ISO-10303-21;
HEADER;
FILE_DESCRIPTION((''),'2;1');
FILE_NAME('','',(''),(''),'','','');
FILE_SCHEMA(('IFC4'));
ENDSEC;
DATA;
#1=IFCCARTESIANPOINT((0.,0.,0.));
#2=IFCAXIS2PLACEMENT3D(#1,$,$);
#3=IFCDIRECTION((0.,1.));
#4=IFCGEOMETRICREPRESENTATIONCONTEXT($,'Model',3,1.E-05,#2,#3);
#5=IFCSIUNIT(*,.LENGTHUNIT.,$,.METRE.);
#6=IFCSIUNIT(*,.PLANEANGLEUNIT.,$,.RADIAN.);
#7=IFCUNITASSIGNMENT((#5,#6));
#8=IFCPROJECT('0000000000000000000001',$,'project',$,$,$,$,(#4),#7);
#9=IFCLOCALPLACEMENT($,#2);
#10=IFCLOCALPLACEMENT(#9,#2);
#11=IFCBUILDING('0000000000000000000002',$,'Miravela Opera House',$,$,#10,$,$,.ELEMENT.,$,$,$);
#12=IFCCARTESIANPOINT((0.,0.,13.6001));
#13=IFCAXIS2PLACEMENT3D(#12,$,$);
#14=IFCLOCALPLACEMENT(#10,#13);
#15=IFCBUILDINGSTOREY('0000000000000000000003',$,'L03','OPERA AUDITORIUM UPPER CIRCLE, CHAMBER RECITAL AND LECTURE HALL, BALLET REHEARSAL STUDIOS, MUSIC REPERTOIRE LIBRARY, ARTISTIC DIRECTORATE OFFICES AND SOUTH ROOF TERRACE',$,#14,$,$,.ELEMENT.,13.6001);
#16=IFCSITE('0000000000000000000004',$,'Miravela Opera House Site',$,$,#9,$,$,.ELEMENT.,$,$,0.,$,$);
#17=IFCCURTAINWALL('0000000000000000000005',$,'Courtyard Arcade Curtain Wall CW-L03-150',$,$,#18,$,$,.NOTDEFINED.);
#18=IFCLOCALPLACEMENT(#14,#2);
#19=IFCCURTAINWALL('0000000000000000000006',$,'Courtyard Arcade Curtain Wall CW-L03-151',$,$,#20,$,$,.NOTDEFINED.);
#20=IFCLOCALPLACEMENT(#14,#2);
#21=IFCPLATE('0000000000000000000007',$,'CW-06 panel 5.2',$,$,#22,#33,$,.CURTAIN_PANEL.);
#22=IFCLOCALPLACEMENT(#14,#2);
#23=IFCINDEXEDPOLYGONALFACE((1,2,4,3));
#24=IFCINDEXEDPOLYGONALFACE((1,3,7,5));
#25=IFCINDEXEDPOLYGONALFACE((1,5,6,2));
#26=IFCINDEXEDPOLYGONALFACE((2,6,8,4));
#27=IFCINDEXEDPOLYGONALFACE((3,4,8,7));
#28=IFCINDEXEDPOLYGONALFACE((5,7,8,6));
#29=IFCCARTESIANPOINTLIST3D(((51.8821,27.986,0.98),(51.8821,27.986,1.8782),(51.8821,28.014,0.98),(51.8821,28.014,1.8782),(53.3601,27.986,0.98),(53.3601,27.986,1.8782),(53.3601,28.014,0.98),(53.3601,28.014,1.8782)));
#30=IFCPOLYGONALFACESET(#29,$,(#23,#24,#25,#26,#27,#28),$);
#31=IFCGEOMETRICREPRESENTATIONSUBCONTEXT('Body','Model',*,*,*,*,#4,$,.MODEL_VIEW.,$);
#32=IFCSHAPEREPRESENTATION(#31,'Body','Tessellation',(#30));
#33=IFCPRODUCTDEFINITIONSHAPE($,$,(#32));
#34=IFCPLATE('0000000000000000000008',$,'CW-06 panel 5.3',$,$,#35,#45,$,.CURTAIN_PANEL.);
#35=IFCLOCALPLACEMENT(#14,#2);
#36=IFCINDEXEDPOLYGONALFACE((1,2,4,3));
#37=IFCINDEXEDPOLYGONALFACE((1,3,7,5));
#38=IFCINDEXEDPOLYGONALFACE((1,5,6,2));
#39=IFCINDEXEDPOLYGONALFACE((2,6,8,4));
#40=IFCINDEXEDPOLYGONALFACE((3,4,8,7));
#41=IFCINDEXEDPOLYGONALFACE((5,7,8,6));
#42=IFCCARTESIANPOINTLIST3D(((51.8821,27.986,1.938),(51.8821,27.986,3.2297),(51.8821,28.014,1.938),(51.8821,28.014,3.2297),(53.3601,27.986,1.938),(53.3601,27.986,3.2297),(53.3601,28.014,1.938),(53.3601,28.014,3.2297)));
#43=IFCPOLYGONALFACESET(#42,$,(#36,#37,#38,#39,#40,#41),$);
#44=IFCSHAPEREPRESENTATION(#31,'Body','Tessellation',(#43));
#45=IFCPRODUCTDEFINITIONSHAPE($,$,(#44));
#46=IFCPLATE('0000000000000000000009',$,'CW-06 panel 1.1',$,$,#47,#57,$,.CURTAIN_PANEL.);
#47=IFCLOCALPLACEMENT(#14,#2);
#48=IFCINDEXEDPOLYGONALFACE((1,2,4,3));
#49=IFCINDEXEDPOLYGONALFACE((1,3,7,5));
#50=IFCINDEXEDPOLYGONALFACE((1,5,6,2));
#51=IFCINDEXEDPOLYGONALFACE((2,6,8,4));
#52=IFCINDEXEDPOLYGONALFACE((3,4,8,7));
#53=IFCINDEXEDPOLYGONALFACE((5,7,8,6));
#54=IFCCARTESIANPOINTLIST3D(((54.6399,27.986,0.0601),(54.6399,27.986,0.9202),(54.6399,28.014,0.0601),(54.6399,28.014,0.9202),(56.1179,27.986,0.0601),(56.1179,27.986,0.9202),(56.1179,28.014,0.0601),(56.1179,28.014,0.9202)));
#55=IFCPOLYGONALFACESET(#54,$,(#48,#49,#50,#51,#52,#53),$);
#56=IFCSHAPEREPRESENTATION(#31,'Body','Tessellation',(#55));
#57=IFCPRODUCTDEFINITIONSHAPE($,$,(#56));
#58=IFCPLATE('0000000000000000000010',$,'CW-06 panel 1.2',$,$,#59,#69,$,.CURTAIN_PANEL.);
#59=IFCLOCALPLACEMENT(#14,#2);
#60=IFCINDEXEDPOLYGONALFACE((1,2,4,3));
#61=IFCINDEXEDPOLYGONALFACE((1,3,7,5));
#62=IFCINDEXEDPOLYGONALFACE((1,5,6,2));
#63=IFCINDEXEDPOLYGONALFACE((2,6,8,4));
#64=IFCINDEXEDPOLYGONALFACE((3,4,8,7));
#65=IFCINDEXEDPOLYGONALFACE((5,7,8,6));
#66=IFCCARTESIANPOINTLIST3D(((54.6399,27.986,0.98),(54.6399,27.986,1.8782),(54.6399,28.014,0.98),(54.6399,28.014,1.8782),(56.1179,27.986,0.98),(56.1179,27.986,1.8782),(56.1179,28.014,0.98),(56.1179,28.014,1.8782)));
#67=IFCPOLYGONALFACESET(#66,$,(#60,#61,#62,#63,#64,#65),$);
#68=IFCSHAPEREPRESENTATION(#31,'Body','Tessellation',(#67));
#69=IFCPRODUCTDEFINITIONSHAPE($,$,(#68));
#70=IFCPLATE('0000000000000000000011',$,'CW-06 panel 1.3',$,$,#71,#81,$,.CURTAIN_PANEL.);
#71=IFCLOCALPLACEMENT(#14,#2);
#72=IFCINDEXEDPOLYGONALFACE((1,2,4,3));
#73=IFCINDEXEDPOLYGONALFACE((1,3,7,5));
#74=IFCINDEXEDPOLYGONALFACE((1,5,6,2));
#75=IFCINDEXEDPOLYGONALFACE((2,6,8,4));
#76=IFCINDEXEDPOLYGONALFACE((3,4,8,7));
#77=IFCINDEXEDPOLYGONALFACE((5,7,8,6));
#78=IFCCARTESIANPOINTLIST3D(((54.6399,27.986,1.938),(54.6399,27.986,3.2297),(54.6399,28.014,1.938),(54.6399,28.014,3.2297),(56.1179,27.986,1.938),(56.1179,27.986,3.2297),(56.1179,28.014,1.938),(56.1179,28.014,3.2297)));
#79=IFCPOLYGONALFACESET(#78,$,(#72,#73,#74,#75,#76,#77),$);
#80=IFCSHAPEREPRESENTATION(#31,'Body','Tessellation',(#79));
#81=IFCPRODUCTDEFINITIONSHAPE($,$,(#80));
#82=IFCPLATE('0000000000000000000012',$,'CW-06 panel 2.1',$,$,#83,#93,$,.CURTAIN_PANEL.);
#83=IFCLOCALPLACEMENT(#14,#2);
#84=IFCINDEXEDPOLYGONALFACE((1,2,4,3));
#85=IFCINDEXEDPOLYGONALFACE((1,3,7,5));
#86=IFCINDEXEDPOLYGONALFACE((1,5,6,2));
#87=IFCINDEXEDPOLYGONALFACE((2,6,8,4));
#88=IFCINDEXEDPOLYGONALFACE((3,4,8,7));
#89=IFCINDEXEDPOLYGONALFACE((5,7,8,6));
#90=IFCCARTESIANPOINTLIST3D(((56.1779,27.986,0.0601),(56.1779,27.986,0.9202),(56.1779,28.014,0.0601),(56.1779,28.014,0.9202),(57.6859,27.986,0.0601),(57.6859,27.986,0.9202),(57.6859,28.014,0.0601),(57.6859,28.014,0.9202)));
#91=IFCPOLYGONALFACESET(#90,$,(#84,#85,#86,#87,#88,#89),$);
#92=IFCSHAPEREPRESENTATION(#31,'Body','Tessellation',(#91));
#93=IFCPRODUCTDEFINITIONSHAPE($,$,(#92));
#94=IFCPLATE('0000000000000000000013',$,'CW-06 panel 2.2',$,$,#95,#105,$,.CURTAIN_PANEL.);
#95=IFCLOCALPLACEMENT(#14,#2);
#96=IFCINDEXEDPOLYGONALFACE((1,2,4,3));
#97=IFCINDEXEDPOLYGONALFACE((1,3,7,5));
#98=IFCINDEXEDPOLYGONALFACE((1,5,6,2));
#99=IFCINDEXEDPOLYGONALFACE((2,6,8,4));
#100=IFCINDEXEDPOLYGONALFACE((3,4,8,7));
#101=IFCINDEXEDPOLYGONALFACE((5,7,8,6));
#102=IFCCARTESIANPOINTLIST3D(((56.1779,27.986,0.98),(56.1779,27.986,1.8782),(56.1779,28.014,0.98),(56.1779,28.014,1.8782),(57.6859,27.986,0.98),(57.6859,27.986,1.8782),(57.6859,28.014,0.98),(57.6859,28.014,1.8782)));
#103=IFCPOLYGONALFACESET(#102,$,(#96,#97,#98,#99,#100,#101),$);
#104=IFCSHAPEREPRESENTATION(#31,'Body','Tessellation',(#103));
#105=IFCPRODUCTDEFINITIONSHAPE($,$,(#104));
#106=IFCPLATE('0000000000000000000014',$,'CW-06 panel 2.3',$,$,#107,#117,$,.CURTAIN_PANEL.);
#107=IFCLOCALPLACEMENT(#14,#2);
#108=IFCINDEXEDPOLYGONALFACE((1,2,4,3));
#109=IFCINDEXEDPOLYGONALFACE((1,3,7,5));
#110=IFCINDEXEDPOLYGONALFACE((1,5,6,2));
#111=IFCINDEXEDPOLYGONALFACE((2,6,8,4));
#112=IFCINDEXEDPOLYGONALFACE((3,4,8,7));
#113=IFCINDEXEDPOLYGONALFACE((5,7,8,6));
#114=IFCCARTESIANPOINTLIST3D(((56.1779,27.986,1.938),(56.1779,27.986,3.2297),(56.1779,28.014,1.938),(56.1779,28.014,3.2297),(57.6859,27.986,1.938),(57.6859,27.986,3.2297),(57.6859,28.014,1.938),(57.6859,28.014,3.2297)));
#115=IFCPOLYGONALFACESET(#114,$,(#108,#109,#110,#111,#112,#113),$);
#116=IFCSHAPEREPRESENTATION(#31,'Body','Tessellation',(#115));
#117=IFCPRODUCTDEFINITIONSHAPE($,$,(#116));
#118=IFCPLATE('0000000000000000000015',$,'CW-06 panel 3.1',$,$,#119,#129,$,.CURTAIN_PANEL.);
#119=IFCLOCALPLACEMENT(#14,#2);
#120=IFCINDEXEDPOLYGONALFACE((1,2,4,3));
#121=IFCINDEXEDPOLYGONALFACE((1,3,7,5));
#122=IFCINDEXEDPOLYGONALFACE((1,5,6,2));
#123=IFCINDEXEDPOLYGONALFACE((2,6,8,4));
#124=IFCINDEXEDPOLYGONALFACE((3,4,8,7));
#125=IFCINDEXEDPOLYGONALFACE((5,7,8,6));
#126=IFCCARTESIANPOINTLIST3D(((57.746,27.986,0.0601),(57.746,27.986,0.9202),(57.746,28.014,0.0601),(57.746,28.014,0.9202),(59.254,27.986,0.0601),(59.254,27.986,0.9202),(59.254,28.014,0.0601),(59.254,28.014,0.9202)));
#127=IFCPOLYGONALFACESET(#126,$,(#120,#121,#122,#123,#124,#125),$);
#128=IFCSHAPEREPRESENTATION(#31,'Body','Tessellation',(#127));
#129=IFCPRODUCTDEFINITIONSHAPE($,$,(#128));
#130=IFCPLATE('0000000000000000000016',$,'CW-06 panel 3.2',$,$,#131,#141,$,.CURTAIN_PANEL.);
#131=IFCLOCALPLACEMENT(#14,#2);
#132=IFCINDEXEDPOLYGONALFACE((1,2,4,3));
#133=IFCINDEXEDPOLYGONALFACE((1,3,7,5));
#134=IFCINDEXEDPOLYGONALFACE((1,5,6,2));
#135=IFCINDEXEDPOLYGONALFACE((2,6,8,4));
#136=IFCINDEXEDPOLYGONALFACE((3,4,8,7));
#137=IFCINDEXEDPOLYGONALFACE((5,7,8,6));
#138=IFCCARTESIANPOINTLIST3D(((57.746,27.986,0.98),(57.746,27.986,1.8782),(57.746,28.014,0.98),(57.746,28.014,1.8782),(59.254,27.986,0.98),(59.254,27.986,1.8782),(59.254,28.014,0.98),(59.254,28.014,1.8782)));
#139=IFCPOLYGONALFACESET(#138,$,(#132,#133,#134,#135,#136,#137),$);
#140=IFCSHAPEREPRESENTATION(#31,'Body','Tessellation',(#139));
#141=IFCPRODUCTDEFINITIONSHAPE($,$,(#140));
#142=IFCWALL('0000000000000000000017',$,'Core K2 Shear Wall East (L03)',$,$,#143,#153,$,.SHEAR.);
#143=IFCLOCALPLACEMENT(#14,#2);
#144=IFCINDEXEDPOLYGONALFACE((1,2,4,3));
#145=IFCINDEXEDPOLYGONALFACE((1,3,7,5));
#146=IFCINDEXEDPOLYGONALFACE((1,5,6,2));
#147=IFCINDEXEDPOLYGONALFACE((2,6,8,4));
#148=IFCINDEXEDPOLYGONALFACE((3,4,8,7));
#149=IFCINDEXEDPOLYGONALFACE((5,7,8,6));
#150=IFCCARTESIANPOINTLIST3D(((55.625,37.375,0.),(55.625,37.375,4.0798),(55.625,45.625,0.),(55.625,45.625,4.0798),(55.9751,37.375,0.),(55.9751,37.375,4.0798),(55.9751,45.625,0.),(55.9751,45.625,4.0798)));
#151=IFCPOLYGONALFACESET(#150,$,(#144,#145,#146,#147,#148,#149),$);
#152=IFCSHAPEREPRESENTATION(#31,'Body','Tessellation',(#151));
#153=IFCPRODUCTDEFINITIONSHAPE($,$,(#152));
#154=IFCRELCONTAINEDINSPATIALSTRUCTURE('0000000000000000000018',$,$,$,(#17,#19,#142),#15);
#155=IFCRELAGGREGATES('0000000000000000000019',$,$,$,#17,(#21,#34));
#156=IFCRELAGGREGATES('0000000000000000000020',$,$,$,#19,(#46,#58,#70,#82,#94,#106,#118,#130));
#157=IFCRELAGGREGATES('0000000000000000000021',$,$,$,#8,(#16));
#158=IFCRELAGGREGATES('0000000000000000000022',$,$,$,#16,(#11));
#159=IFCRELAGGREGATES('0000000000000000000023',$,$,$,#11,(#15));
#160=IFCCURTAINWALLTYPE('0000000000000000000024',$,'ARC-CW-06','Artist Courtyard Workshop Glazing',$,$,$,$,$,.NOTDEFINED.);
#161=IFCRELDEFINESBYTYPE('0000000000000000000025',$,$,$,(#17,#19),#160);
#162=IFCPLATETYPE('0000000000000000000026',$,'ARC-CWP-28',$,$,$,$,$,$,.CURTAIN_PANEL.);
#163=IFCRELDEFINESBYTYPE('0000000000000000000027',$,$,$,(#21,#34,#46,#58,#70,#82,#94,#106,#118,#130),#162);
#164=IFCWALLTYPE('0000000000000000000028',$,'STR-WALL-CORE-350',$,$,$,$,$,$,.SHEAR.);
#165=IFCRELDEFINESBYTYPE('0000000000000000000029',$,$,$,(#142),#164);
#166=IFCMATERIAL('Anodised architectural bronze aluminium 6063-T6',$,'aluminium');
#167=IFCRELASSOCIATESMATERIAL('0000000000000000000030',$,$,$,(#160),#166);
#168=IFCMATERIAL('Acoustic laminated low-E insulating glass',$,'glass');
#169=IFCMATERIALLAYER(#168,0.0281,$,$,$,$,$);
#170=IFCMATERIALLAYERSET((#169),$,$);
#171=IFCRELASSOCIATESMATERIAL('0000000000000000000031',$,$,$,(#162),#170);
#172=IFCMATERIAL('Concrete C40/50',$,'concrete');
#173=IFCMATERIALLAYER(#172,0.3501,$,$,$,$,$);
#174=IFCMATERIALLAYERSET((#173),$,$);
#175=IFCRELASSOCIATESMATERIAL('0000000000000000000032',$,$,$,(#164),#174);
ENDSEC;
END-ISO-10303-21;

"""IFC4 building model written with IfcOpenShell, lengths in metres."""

from ifc_helpers import new_model, si_unit, direction, frame, frame_2d, origin, origin_2d, place, context, subcontext, project, spatial, rectangle, extrude, material, layer, layer_set, type_object, element, aggregate, save


model = new_model("IFC4")

# Units and contexts
model_context = context("Model", 3, precision=1e-05, world=origin(), true_north=direction((0.0, 1.0)))
body_context = subcontext(model_context, "Body", "Model", "MODEL_VIEW")
ifc_project = project(units=[si_unit("LENGTHUNIT", "METRE"), si_unit("PLANEANGLEUNIT", "RADIAN")], contexts=[model_context])

# Site, building, storey
site_placement = place(None, origin())
site = spatial("IfcSite", under=ifc_project, at=site_placement, Name="Miravela Opera House Site", CompositionType="ELEMENT", RefElevation=0.0)
building_placement = place(site_placement, origin())
building = spatial("IfcBuilding", under=site, at=building_placement, Name="Miravela Opera House", CompositionType="ELEMENT")
storey_placement = place(building_placement, frame((0.0, 0.0, 13.6001)))
storey = spatial("IfcBuildingStorey", under=building, at=storey_placement, Name="L03", Description="OPERA AUDITORIUM UPPER CIRCLE, CHAMBER RECITAL AND LECTURE HALL, BALLET REHEARSAL STUDIOS, MUSIC REPERTOIRE LIBRARY, ARTISTIC DIRECTORATE OFFICES AND SOUTH ROOF TERRACE", CompositionType="ELEMENT", Elevation=13.6001)

# Curtain wall
ifc_material_1 = material(Name="Anodised architectural bronze aluminium 6063-T6", Category="aluminium")
curtain_wall_type = type_object("IfcCurtainWallType", Name="ARC-CW-06", Description="Artist Courtyard Workshop Glazing", PredefinedType="NOTDEFINED", material=ifc_material_1)
curtain_wall_1_placement = place(storey_placement, origin())
curtain_wall_1 = element("IfcCurtainWall", 1, at=curtain_wall_1_placement, inside=storey, type_object=curtain_wall_type, Name="Courtyard Arcade Curtain Wall CW-L03-150", PredefinedType="NOTDEFINED")

# Curtain wall
curtain_wall_2_placement = place(storey_placement, origin())
curtain_wall_2 = element("IfcCurtainWall", 2, at=curtain_wall_2_placement, inside=storey, type_object=curtain_wall_type, Name="Courtyard Arcade Curtain Wall CW-L03-151", PredefinedType="NOTDEFINED")

# Shared definitions
ifc_material_2 = material(Name="Concrete C40/50", Category="concrete")

# Plates
ifc_material_3 = material(Name="Acoustic laminated low-E insulating glass", Category="glass")
ifc_layer_1 = layer(ifc_material_3, 0.0281)
ifc_layer_set_1 = layer_set([ifc_layer_1])
plate_type = type_object("IfcPlateType", Name="ARC-CWP-28", PredefinedType="CURTAIN_PANEL", material=ifc_layer_set_1)
plate_1_placement = place(storey_placement, frame((52.6211, 28.0, 0.98), z_axis=(0.0, 0.0, 1.0), x_axis=(1.0, 0.0, 0.0)))
plate_1 = element("IfcPlate", 3, at=plate_1_placement, type_object=plate_type, Name="CW-06 panel 5.2", PredefinedType="CURTAIN_PANEL", context=body_context, shape_type="SweptSolid", body=[
    extrude(rectangle(XDim=1.478, YDim=0.0281, at=origin_2d()), origin(), (0.0, 0.0, 1.0), 0.8982),
])
plate_2_placement = place(storey_placement, frame((52.6211, 28.0, 1.938), z_axis=(0.0, 0.0, 1.0), x_axis=(1.0, 0.0, 0.0)))
plate_2 = element("IfcPlate", 4, at=plate_2_placement, type_object=plate_type, Name="CW-06 panel 5.3", PredefinedType="CURTAIN_PANEL", context=body_context, shape_type="SweptSolid", body=[
    extrude(rectangle(XDim=1.478, YDim=0.0281, at=origin_2d()), origin(), (0.0, 0.0, 1.0), 1.2917),
])
aggregate(curtain_wall_1, [plate_1, plate_2])
plate_3_placement = place(storey_placement, frame((55.3789, 28.0, 0.0601), z_axis=(0.0, 0.0, 1.0), x_axis=(1.0, 0.0, 0.0)))
plate_3 = element("IfcPlate", 5, at=plate_3_placement, type_object=plate_type, Name="CW-06 panel 1.1", PredefinedType="CURTAIN_PANEL", context=body_context, shape_type="SweptSolid", body=[
    extrude(rectangle(XDim=1.478, YDim=0.0281, at=origin_2d()), origin(), (0.0, 0.0, 1.0), 0.8601),
])
plate_4_placement = place(storey_placement, frame((55.3789, 28.0, 0.98), z_axis=(0.0, 0.0, 1.0), x_axis=(1.0, 0.0, 0.0)))
plate_4 = element("IfcPlate", 6, at=plate_4_placement, type_object=plate_type, Name="CW-06 panel 1.2", PredefinedType="CURTAIN_PANEL", context=body_context, shape_type="SweptSolid", body=[
    extrude(rectangle(XDim=1.478, YDim=0.0281, at=origin_2d()), origin(), (0.0, 0.0, 1.0), 0.8982),
])
plate_5_placement = place(storey_placement, frame((55.3789, 28.0, 1.938), z_axis=(0.0, 0.0, 1.0), x_axis=(1.0, 0.0, 0.0)))
plate_5 = element("IfcPlate", 7, at=plate_5_placement, type_object=plate_type, Name="CW-06 panel 1.3", PredefinedType="CURTAIN_PANEL", context=body_context, shape_type="SweptSolid", body=[
    extrude(rectangle(XDim=1.478, YDim=0.0281, at=origin_2d()), origin(), (0.0, 0.0, 1.0), 1.2917),
])
plate_6_placement = place(storey_placement, frame((56.9319, 28.0, 0.0601), z_axis=(0.0, 0.0, 1.0), x_axis=(1.0, 0.0, 0.0)))
plate_6 = element("IfcPlate", 8, at=plate_6_placement, type_object=plate_type, Name="CW-06 panel 2.1", PredefinedType="CURTAIN_PANEL", context=body_context, shape_type="SweptSolid", body=[
    extrude(rectangle(XDim=1.5081, YDim=0.0281, at=origin_2d()), origin(), (0.0, 0.0, 1.0), 0.8601),
])
plate_7_placement = place(storey_placement, frame((56.9319, 28.0, 0.98), z_axis=(0.0, 0.0, 1.0), x_axis=(1.0, 0.0, 0.0)))
plate_7 = element("IfcPlate", 9, at=plate_7_placement, type_object=plate_type, Name="CW-06 panel 2.2", PredefinedType="CURTAIN_PANEL", context=body_context, shape_type="SweptSolid", body=[
    extrude(rectangle(XDim=1.5081, YDim=0.0281, at=origin_2d()), origin(), (0.0, 0.0, 1.0), 0.8982),
])
plate_8_placement = place(storey_placement, frame((56.9319, 28.0, 1.938), z_axis=(0.0, 0.0, 1.0), x_axis=(1.0, 0.0, 0.0)))
plate_8 = element("IfcPlate", 10, at=plate_8_placement, type_object=plate_type, Name="CW-06 panel 2.3", PredefinedType="CURTAIN_PANEL", context=body_context, shape_type="SweptSolid", body=[
    extrude(rectangle(XDim=1.5081, YDim=0.0281, at=origin_2d()), origin(), (0.0, 0.0, 1.0), 1.2917),
])
plate_9_placement = place(storey_placement, frame((58.5, 28.0, 0.0601), z_axis=(0.0, 0.0, 1.0), x_axis=(1.0, 0.0, 0.0)))
plate_9 = element("IfcPlate", 11, at=plate_9_placement, type_object=plate_type, Name="CW-06 panel 3.1", PredefinedType="CURTAIN_PANEL", context=body_context, shape_type="SweptSolid", body=[
    extrude(rectangle(XDim=1.5081, YDim=0.0281, at=origin_2d()), origin(), (0.0, 0.0, 1.0), 0.8601),
])
plate_10_placement = place(storey_placement, frame((58.5, 28.0, 0.98), z_axis=(0.0, 0.0, 1.0), x_axis=(1.0, 0.0, 0.0)))
plate_10 = element("IfcPlate", 12, at=plate_10_placement, type_object=plate_type, Name="CW-06 panel 3.2", PredefinedType="CURTAIN_PANEL", context=body_context, shape_type="SweptSolid", body=[
    extrude(rectangle(XDim=1.5081, YDim=0.0281, at=origin_2d()), origin(), (0.0, 0.0, 1.0), 0.8982),
])
aggregate(curtain_wall_2, [plate_3, plate_4, plate_5, plate_6, plate_7, plate_8, plate_9, plate_10])

# Wall
ifc_layer_2 = layer(ifc_material_2, 0.3501)
ifc_layer_set_2 = layer_set([ifc_layer_2])
wall_type = type_object("IfcWallType", Name="STR-WALL-CORE-350", PredefinedType="SHEAR", material=ifc_layer_set_2)
wall_placement = place(storey_placement, frame((55.8, 37.375, 0.0), z_axis=(0.0, 0.0, 1.0), x_axis=(0.0, 1.0, 0.0)))
element("IfcWall", 13, at=wall_placement, inside=storey, type_object=wall_type, Name="Core K2 Shear Wall East (L03)", PredefinedType="SHEAR", context=body_context, shape_type="SweptSolid", body=[
    extrude(rectangle(XDim=8.25, YDim=0.3501, at=frame_2d((4.125, 0.0))), origin(), (0.0, 0.0, 1.0), 4.0798),
])

save(model, "model.ifc")
